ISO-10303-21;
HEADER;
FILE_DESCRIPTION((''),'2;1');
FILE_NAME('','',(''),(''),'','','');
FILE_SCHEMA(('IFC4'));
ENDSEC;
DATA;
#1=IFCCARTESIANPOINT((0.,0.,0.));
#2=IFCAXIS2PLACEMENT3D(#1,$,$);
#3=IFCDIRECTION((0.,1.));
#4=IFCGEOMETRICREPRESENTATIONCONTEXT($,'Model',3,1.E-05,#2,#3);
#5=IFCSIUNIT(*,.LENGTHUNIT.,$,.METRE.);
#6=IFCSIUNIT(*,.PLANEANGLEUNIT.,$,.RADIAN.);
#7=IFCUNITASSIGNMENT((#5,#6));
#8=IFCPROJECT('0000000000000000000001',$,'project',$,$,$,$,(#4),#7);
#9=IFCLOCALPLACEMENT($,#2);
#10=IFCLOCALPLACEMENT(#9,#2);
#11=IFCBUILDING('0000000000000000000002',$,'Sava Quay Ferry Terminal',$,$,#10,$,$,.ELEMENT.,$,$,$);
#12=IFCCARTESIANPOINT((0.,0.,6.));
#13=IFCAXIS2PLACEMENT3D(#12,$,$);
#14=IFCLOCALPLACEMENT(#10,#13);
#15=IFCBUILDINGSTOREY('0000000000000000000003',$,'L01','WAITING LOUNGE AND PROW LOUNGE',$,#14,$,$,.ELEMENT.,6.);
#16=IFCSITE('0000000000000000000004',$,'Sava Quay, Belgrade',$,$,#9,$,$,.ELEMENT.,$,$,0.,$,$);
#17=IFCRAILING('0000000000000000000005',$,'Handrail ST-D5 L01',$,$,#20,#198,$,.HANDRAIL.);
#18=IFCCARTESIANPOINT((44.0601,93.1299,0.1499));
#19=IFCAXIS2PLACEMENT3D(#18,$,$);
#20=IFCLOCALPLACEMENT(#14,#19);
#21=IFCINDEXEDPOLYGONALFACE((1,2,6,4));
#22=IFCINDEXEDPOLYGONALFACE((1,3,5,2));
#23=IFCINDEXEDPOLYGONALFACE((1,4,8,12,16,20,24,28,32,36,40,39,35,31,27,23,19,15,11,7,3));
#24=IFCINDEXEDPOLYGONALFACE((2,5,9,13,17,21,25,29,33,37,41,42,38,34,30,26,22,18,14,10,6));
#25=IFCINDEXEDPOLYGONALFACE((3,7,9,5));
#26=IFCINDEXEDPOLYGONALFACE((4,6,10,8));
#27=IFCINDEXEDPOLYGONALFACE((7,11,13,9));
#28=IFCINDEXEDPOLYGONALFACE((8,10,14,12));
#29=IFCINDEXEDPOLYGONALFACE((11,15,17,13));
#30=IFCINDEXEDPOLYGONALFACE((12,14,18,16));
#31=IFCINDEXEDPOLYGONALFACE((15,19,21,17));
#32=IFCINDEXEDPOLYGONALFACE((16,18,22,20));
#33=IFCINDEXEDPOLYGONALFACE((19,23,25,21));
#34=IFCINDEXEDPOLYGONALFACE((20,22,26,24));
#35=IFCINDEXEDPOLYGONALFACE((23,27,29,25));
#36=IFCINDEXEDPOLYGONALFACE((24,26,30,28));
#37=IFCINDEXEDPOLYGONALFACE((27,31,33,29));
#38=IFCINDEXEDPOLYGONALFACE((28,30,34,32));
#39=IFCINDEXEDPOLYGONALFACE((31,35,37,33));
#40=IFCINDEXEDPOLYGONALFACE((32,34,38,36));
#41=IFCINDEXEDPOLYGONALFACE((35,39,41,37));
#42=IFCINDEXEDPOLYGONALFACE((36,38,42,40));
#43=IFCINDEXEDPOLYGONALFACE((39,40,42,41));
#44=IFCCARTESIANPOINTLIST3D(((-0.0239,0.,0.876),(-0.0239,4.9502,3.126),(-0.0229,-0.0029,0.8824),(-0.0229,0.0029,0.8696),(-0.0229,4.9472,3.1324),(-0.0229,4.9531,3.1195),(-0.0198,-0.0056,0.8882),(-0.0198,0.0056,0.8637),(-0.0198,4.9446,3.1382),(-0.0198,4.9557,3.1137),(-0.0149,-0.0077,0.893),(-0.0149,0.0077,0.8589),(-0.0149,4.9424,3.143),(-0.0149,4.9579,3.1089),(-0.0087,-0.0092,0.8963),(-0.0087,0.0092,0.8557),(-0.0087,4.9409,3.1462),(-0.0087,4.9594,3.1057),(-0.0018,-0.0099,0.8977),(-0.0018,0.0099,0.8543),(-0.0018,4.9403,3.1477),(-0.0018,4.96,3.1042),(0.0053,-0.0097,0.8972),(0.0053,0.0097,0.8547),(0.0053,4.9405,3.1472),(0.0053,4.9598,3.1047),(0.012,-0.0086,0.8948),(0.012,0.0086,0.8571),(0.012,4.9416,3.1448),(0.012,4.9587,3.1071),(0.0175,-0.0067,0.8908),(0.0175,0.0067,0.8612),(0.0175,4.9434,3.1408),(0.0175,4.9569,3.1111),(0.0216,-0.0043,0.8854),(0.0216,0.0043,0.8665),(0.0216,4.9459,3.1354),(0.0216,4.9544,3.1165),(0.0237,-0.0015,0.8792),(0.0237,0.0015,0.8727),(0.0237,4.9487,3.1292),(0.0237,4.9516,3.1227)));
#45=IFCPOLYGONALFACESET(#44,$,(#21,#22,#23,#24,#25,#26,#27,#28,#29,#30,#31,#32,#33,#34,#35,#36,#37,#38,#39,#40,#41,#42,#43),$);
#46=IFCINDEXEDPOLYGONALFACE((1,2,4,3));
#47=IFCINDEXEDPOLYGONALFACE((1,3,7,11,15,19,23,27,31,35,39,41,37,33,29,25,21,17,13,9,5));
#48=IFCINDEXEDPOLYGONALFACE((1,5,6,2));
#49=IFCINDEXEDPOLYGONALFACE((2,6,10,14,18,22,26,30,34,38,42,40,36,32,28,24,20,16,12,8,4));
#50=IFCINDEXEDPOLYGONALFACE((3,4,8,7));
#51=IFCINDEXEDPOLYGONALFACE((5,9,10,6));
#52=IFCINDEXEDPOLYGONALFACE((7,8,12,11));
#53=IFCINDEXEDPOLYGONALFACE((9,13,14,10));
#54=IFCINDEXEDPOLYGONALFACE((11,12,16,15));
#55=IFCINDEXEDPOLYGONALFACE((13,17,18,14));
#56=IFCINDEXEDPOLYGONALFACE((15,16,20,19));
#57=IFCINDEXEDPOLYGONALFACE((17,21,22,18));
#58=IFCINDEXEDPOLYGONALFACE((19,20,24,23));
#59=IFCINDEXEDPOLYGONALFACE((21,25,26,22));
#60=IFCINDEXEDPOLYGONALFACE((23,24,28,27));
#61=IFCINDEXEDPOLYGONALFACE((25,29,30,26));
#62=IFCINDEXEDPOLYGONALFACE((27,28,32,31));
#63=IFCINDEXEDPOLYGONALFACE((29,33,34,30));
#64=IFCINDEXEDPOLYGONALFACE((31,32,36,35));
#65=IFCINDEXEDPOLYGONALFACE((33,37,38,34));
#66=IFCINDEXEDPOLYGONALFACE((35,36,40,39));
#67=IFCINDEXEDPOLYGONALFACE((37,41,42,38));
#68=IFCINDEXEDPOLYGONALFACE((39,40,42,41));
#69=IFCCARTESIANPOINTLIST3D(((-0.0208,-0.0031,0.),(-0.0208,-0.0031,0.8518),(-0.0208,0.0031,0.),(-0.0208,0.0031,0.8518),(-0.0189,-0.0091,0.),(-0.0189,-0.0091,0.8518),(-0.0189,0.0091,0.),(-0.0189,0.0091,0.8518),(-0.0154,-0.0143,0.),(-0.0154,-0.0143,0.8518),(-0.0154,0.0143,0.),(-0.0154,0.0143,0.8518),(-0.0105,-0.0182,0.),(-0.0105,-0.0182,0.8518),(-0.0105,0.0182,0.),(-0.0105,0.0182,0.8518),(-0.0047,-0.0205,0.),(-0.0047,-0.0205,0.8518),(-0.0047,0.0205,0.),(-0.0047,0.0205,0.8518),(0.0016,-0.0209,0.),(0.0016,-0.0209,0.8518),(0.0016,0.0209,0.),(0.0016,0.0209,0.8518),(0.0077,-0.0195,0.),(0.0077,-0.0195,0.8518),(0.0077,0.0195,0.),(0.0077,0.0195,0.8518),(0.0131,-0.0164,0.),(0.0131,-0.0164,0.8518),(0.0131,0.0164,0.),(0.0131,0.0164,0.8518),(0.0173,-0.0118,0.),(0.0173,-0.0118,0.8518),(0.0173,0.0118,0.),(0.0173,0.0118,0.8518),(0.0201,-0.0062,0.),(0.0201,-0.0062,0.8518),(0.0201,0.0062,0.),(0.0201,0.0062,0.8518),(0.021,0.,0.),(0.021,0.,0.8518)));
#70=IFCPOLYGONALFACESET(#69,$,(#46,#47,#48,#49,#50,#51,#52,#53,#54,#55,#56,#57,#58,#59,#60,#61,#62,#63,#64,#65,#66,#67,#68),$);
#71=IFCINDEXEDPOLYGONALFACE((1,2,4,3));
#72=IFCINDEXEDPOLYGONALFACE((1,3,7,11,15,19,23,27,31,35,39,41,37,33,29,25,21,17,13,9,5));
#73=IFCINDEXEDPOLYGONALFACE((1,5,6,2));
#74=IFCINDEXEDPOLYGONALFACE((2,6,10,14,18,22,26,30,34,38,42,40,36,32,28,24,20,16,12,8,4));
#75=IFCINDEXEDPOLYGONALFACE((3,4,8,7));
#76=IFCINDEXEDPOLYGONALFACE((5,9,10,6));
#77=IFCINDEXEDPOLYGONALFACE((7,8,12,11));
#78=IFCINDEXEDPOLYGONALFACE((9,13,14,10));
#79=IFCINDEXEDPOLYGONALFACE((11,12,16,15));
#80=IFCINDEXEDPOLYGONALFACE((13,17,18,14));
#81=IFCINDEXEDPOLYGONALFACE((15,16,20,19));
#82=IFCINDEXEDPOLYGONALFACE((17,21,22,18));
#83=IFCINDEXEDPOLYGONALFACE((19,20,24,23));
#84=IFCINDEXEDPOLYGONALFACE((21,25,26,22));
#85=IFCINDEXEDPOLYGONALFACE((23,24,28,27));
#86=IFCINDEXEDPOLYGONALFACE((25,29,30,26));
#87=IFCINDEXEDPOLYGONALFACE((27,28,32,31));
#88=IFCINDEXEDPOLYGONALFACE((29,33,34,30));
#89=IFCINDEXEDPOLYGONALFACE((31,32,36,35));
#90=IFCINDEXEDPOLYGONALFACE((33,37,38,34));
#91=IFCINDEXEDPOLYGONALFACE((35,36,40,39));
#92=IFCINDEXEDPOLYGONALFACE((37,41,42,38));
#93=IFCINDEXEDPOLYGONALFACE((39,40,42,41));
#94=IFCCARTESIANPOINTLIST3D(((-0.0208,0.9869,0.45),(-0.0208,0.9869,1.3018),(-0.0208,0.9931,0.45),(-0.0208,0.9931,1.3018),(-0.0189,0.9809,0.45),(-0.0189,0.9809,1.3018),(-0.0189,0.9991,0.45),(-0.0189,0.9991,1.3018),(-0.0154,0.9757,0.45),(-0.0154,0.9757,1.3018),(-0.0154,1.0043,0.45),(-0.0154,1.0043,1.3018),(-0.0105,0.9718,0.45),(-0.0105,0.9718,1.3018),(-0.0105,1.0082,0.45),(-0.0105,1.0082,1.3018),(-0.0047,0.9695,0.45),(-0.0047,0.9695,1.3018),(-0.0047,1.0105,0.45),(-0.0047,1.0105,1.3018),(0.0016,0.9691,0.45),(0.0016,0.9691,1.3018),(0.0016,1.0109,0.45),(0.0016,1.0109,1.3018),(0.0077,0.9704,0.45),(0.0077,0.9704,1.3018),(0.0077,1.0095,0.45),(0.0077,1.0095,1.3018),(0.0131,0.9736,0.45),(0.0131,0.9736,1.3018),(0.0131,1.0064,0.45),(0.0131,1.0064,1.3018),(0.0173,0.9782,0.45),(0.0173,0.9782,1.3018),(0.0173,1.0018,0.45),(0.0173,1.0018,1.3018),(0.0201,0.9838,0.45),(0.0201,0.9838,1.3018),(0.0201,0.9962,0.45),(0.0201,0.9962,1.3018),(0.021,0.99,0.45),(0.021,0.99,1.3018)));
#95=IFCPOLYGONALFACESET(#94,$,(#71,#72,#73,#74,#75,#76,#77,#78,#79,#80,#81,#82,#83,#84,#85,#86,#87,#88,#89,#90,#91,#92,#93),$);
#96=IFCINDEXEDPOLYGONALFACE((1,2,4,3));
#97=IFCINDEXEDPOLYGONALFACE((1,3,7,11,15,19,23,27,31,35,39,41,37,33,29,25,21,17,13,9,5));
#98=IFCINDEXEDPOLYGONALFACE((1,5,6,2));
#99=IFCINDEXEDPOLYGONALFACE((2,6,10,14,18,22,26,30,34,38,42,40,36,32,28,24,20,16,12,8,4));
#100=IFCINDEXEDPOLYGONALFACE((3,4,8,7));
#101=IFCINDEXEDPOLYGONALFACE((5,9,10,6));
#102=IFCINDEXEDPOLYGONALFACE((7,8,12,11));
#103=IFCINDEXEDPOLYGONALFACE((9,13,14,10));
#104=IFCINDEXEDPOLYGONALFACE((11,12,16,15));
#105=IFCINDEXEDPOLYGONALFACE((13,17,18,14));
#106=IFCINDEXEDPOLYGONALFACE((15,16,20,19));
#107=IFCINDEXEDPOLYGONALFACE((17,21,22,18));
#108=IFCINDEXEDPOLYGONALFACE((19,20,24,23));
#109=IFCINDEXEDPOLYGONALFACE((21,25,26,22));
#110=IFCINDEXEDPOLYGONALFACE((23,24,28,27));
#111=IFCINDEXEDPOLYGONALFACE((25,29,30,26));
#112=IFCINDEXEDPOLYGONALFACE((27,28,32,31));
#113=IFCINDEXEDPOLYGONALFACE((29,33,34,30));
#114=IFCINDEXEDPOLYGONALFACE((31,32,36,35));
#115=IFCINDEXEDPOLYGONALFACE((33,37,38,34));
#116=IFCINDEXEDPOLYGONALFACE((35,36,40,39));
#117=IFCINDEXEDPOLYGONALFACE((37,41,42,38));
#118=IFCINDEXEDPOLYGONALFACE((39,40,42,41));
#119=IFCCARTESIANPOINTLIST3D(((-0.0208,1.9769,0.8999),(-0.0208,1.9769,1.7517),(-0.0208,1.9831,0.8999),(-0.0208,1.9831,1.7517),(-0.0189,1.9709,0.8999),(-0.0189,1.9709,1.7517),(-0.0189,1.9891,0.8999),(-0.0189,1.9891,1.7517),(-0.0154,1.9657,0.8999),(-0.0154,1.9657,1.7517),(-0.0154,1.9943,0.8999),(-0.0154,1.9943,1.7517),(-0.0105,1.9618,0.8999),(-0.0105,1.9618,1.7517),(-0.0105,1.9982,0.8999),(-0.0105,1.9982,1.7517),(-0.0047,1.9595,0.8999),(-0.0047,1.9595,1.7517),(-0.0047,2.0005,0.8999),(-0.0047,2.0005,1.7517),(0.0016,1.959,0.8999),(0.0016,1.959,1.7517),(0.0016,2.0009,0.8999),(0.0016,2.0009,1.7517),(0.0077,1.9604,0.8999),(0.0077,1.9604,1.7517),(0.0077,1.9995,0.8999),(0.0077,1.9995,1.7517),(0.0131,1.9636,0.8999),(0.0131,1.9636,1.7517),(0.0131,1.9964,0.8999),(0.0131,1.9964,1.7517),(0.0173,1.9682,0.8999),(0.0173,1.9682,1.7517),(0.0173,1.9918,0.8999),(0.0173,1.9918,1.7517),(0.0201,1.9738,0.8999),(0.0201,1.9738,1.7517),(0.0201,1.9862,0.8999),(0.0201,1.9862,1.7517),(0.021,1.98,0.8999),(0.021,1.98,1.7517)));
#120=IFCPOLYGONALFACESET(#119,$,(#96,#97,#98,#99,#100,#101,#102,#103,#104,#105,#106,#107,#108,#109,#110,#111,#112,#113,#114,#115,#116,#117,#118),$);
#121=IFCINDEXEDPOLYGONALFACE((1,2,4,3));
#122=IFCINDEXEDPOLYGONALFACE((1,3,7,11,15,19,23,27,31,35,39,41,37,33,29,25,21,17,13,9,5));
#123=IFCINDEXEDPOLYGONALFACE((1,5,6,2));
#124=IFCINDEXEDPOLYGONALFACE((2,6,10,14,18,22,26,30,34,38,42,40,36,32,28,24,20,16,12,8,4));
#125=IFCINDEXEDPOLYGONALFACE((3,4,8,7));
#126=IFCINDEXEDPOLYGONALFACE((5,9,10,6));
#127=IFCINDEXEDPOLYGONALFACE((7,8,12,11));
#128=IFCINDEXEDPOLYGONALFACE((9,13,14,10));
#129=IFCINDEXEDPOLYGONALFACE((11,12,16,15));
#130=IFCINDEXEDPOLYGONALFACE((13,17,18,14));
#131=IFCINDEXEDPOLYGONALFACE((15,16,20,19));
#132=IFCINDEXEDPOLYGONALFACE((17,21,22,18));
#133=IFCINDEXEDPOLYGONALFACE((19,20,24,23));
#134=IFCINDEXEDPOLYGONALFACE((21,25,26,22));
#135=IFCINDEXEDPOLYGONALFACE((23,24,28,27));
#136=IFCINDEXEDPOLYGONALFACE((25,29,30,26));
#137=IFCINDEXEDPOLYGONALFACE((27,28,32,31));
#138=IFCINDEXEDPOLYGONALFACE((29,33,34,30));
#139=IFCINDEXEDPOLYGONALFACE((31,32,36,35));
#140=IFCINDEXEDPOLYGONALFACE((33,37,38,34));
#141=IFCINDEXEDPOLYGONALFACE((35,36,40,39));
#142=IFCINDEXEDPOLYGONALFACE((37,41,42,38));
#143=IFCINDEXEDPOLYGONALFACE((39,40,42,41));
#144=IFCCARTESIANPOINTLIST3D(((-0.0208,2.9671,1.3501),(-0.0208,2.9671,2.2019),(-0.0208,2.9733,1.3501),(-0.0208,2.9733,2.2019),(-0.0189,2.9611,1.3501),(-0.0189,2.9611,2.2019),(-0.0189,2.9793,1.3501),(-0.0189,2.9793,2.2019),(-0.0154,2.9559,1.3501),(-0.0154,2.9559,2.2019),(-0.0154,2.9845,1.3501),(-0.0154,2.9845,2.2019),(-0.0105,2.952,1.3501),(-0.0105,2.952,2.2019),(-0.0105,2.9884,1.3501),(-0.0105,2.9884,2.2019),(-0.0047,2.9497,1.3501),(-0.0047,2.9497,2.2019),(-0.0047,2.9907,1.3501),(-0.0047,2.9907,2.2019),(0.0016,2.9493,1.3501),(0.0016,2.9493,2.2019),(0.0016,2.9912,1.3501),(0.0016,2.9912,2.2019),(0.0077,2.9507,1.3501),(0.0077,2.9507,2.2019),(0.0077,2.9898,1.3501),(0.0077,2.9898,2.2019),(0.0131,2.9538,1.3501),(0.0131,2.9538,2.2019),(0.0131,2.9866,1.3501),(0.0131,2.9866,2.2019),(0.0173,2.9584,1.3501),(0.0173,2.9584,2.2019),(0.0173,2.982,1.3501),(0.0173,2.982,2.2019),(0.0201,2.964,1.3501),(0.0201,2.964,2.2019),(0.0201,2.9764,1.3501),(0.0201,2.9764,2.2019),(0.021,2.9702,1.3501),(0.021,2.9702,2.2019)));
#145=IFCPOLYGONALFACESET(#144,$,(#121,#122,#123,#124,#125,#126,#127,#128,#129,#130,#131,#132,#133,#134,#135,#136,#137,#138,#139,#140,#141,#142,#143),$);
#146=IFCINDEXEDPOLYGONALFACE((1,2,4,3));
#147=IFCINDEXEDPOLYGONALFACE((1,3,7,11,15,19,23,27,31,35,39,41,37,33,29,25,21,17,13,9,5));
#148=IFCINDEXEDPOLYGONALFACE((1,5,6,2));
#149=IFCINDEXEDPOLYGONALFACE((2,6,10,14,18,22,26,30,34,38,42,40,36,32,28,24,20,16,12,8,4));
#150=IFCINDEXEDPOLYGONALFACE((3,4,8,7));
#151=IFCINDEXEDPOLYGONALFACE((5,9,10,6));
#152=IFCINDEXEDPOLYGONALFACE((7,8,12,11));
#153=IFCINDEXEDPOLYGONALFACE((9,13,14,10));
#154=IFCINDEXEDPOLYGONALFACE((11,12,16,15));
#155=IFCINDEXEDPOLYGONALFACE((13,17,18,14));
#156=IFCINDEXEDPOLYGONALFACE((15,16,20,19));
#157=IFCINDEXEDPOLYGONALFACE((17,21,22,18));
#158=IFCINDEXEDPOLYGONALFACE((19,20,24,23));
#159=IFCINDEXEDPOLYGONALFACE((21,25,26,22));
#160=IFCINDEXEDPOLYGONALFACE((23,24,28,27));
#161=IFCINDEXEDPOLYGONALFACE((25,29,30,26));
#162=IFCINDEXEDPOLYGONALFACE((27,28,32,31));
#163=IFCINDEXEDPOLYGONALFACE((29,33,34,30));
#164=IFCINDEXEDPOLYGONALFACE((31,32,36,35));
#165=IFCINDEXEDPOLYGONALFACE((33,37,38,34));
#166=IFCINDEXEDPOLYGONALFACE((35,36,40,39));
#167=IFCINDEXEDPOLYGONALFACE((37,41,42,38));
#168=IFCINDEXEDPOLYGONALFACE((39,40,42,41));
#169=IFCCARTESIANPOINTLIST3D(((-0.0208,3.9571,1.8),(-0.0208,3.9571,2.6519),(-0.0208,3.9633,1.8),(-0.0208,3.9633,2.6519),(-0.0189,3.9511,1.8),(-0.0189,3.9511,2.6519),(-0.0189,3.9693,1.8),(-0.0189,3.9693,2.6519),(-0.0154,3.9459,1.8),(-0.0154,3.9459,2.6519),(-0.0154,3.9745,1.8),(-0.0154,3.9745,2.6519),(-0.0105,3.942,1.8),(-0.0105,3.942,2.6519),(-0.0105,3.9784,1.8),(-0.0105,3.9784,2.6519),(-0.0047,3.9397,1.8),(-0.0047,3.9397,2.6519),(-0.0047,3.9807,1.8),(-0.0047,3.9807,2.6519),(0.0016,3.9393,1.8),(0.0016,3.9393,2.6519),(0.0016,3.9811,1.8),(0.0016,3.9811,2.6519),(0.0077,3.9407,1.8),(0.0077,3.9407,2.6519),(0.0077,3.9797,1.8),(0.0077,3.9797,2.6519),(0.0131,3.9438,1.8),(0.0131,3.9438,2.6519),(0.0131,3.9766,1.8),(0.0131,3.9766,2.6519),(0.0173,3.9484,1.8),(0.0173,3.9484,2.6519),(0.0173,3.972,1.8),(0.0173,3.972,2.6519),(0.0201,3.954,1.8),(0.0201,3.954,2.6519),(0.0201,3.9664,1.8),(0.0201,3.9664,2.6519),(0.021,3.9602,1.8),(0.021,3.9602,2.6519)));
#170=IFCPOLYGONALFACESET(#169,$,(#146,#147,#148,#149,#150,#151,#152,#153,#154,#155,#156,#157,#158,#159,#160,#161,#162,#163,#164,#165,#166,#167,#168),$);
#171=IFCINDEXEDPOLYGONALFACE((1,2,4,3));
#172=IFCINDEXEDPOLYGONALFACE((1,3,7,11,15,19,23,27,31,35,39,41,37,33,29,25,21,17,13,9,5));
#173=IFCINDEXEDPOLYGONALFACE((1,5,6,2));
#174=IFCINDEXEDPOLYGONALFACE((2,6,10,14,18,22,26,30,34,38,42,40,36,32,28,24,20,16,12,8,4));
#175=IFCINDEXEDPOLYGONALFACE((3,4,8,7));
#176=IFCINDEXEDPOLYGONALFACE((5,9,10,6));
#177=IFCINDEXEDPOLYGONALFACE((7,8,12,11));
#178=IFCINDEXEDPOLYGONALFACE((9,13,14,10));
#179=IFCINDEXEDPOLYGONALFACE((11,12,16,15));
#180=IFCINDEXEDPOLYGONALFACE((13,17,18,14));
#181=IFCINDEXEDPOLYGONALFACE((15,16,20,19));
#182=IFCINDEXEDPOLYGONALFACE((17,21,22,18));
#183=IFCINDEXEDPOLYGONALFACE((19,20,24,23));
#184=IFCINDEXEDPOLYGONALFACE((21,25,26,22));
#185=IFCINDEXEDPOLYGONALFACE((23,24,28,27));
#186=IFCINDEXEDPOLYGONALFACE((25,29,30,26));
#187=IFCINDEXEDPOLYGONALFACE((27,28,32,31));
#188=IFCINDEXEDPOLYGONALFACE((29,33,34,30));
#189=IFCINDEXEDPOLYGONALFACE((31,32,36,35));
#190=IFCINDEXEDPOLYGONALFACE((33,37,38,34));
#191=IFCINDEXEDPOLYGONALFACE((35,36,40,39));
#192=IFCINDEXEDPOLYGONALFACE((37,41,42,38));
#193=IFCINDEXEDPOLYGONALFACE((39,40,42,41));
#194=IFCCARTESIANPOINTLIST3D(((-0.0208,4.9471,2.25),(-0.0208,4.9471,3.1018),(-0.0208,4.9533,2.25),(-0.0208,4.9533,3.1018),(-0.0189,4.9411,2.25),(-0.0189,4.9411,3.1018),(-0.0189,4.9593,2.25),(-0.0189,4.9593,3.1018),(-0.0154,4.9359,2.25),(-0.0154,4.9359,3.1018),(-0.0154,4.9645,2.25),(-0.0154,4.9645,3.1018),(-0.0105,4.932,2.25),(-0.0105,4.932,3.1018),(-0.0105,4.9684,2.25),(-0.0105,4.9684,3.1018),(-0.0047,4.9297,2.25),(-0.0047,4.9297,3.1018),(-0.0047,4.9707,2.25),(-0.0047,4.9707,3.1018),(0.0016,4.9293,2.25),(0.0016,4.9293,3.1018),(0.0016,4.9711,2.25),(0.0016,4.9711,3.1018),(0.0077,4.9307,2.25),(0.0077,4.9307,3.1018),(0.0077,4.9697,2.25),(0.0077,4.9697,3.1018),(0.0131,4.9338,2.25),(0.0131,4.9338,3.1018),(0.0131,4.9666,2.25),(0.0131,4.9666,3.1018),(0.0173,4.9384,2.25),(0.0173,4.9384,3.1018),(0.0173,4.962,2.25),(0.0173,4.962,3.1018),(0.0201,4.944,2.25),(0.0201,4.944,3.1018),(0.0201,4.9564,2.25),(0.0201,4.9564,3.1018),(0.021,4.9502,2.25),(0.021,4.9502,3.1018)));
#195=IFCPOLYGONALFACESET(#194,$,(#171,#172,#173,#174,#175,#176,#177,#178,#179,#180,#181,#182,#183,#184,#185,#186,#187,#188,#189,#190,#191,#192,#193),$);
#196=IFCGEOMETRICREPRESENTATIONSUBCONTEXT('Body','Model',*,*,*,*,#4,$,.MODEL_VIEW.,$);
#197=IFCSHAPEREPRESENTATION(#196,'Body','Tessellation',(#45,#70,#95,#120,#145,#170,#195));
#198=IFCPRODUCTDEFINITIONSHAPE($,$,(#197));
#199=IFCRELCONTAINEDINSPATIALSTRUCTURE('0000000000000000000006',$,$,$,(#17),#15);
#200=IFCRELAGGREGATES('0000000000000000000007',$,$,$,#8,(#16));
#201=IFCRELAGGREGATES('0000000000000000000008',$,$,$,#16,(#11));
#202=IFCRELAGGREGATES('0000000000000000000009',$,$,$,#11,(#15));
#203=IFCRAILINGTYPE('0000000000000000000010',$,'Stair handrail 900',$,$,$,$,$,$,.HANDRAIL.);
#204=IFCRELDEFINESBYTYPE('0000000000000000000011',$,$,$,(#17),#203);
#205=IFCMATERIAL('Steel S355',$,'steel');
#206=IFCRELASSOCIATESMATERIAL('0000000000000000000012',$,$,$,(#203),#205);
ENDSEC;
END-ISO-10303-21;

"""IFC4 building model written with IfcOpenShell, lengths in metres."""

from ifc_helpers import new_model, si_unit, direction, frame, origin, origin_2d, place, context, subcontext, project, spatial, circle, extrude, material, type_object, element, save


model = new_model("IFC4")

# Units and contexts
model_context = context("Model", 3, precision=1e-05, world=origin(), true_north=direction((0.0, 1.0)))
body_context = subcontext(model_context, "Body", "Model", "MODEL_VIEW")
ifc_project = project(units=[si_unit("LENGTHUNIT", "METRE"), si_unit("PLANEANGLEUNIT", "RADIAN")], contexts=[model_context])

# Site, building, storey
site_placement = place(None, origin())
site = spatial("IfcSite", under=ifc_project, at=site_placement, Name="Sava Quay, Belgrade", CompositionType="ELEMENT", RefElevation=0.0)
building_placement = place(site_placement, origin())
building = spatial("IfcBuilding", under=site, at=building_placement, Name="Sava Quay Ferry Terminal", CompositionType="ELEMENT")
storey_placement = place(building_placement, frame((0.0, 0.0, 6.0)))
storey = spatial("IfcBuildingStorey", under=building, at=storey_placement, Name="L01", Description="WAITING LOUNGE AND PROW LOUNGE", CompositionType="ELEMENT", Elevation=6.0)

# Railing
ifc_material_1 = material(Name="Steel S355", Category="steel")
railing_type_1 = type_object("IfcRailingType", Name="Stair handrail 900", PredefinedType="HANDRAIL", material=ifc_material_1)
railing_1_placement = place(storey_placement, frame((44.0601, 93.1299, 0.1499)))
element("IfcRailing", 1, at=railing_1_placement, inside=storey, type_object=railing_type_1, Name="Handrail ST-D5 L01", PredefinedType="HANDRAIL", context=body_context, shape_type="SweptSolid", body=[
    extrude(circle(Radius=0.0239, at=origin_2d()), frame((0.0, 0.0, 0.876), z_axis=(0.0, 0.910373, 0.413789), x_axis=(-1.0, 0.0, 0.0)), (0.0, 0.0, 1.0), 5.4375),
    extrude(circle(Radius=0.021, at=origin_2d()), origin(), (0.0, 0.0, 1.0), 0.8518),
    extrude(circle(Radius=0.021, at=origin_2d()), frame((0.0, 0.99, 0.45)), (0.0, 0.0, 1.0), 0.8518),
    extrude(circle(Radius=0.021, at=origin_2d()), frame((0.0, 1.98, 0.8999)), (0.0, 0.0, 1.0), 0.8518),
    extrude(circle(Radius=0.021, at=origin_2d()), frame((0.0, 2.9702, 1.3501)), (0.0, 0.0, 1.0), 0.8518),
    extrude(circle(Radius=0.021, at=origin_2d()), frame((0.0, 3.9602, 1.8)), (0.0, 0.0, 1.0), 0.8518),
    extrude(circle(Radius=0.021, at=origin_2d()), frame((0.0, 4.9502, 2.25)), (0.0, 0.0, 1.0), 0.8518),
])

save(model, "model.ifc")
